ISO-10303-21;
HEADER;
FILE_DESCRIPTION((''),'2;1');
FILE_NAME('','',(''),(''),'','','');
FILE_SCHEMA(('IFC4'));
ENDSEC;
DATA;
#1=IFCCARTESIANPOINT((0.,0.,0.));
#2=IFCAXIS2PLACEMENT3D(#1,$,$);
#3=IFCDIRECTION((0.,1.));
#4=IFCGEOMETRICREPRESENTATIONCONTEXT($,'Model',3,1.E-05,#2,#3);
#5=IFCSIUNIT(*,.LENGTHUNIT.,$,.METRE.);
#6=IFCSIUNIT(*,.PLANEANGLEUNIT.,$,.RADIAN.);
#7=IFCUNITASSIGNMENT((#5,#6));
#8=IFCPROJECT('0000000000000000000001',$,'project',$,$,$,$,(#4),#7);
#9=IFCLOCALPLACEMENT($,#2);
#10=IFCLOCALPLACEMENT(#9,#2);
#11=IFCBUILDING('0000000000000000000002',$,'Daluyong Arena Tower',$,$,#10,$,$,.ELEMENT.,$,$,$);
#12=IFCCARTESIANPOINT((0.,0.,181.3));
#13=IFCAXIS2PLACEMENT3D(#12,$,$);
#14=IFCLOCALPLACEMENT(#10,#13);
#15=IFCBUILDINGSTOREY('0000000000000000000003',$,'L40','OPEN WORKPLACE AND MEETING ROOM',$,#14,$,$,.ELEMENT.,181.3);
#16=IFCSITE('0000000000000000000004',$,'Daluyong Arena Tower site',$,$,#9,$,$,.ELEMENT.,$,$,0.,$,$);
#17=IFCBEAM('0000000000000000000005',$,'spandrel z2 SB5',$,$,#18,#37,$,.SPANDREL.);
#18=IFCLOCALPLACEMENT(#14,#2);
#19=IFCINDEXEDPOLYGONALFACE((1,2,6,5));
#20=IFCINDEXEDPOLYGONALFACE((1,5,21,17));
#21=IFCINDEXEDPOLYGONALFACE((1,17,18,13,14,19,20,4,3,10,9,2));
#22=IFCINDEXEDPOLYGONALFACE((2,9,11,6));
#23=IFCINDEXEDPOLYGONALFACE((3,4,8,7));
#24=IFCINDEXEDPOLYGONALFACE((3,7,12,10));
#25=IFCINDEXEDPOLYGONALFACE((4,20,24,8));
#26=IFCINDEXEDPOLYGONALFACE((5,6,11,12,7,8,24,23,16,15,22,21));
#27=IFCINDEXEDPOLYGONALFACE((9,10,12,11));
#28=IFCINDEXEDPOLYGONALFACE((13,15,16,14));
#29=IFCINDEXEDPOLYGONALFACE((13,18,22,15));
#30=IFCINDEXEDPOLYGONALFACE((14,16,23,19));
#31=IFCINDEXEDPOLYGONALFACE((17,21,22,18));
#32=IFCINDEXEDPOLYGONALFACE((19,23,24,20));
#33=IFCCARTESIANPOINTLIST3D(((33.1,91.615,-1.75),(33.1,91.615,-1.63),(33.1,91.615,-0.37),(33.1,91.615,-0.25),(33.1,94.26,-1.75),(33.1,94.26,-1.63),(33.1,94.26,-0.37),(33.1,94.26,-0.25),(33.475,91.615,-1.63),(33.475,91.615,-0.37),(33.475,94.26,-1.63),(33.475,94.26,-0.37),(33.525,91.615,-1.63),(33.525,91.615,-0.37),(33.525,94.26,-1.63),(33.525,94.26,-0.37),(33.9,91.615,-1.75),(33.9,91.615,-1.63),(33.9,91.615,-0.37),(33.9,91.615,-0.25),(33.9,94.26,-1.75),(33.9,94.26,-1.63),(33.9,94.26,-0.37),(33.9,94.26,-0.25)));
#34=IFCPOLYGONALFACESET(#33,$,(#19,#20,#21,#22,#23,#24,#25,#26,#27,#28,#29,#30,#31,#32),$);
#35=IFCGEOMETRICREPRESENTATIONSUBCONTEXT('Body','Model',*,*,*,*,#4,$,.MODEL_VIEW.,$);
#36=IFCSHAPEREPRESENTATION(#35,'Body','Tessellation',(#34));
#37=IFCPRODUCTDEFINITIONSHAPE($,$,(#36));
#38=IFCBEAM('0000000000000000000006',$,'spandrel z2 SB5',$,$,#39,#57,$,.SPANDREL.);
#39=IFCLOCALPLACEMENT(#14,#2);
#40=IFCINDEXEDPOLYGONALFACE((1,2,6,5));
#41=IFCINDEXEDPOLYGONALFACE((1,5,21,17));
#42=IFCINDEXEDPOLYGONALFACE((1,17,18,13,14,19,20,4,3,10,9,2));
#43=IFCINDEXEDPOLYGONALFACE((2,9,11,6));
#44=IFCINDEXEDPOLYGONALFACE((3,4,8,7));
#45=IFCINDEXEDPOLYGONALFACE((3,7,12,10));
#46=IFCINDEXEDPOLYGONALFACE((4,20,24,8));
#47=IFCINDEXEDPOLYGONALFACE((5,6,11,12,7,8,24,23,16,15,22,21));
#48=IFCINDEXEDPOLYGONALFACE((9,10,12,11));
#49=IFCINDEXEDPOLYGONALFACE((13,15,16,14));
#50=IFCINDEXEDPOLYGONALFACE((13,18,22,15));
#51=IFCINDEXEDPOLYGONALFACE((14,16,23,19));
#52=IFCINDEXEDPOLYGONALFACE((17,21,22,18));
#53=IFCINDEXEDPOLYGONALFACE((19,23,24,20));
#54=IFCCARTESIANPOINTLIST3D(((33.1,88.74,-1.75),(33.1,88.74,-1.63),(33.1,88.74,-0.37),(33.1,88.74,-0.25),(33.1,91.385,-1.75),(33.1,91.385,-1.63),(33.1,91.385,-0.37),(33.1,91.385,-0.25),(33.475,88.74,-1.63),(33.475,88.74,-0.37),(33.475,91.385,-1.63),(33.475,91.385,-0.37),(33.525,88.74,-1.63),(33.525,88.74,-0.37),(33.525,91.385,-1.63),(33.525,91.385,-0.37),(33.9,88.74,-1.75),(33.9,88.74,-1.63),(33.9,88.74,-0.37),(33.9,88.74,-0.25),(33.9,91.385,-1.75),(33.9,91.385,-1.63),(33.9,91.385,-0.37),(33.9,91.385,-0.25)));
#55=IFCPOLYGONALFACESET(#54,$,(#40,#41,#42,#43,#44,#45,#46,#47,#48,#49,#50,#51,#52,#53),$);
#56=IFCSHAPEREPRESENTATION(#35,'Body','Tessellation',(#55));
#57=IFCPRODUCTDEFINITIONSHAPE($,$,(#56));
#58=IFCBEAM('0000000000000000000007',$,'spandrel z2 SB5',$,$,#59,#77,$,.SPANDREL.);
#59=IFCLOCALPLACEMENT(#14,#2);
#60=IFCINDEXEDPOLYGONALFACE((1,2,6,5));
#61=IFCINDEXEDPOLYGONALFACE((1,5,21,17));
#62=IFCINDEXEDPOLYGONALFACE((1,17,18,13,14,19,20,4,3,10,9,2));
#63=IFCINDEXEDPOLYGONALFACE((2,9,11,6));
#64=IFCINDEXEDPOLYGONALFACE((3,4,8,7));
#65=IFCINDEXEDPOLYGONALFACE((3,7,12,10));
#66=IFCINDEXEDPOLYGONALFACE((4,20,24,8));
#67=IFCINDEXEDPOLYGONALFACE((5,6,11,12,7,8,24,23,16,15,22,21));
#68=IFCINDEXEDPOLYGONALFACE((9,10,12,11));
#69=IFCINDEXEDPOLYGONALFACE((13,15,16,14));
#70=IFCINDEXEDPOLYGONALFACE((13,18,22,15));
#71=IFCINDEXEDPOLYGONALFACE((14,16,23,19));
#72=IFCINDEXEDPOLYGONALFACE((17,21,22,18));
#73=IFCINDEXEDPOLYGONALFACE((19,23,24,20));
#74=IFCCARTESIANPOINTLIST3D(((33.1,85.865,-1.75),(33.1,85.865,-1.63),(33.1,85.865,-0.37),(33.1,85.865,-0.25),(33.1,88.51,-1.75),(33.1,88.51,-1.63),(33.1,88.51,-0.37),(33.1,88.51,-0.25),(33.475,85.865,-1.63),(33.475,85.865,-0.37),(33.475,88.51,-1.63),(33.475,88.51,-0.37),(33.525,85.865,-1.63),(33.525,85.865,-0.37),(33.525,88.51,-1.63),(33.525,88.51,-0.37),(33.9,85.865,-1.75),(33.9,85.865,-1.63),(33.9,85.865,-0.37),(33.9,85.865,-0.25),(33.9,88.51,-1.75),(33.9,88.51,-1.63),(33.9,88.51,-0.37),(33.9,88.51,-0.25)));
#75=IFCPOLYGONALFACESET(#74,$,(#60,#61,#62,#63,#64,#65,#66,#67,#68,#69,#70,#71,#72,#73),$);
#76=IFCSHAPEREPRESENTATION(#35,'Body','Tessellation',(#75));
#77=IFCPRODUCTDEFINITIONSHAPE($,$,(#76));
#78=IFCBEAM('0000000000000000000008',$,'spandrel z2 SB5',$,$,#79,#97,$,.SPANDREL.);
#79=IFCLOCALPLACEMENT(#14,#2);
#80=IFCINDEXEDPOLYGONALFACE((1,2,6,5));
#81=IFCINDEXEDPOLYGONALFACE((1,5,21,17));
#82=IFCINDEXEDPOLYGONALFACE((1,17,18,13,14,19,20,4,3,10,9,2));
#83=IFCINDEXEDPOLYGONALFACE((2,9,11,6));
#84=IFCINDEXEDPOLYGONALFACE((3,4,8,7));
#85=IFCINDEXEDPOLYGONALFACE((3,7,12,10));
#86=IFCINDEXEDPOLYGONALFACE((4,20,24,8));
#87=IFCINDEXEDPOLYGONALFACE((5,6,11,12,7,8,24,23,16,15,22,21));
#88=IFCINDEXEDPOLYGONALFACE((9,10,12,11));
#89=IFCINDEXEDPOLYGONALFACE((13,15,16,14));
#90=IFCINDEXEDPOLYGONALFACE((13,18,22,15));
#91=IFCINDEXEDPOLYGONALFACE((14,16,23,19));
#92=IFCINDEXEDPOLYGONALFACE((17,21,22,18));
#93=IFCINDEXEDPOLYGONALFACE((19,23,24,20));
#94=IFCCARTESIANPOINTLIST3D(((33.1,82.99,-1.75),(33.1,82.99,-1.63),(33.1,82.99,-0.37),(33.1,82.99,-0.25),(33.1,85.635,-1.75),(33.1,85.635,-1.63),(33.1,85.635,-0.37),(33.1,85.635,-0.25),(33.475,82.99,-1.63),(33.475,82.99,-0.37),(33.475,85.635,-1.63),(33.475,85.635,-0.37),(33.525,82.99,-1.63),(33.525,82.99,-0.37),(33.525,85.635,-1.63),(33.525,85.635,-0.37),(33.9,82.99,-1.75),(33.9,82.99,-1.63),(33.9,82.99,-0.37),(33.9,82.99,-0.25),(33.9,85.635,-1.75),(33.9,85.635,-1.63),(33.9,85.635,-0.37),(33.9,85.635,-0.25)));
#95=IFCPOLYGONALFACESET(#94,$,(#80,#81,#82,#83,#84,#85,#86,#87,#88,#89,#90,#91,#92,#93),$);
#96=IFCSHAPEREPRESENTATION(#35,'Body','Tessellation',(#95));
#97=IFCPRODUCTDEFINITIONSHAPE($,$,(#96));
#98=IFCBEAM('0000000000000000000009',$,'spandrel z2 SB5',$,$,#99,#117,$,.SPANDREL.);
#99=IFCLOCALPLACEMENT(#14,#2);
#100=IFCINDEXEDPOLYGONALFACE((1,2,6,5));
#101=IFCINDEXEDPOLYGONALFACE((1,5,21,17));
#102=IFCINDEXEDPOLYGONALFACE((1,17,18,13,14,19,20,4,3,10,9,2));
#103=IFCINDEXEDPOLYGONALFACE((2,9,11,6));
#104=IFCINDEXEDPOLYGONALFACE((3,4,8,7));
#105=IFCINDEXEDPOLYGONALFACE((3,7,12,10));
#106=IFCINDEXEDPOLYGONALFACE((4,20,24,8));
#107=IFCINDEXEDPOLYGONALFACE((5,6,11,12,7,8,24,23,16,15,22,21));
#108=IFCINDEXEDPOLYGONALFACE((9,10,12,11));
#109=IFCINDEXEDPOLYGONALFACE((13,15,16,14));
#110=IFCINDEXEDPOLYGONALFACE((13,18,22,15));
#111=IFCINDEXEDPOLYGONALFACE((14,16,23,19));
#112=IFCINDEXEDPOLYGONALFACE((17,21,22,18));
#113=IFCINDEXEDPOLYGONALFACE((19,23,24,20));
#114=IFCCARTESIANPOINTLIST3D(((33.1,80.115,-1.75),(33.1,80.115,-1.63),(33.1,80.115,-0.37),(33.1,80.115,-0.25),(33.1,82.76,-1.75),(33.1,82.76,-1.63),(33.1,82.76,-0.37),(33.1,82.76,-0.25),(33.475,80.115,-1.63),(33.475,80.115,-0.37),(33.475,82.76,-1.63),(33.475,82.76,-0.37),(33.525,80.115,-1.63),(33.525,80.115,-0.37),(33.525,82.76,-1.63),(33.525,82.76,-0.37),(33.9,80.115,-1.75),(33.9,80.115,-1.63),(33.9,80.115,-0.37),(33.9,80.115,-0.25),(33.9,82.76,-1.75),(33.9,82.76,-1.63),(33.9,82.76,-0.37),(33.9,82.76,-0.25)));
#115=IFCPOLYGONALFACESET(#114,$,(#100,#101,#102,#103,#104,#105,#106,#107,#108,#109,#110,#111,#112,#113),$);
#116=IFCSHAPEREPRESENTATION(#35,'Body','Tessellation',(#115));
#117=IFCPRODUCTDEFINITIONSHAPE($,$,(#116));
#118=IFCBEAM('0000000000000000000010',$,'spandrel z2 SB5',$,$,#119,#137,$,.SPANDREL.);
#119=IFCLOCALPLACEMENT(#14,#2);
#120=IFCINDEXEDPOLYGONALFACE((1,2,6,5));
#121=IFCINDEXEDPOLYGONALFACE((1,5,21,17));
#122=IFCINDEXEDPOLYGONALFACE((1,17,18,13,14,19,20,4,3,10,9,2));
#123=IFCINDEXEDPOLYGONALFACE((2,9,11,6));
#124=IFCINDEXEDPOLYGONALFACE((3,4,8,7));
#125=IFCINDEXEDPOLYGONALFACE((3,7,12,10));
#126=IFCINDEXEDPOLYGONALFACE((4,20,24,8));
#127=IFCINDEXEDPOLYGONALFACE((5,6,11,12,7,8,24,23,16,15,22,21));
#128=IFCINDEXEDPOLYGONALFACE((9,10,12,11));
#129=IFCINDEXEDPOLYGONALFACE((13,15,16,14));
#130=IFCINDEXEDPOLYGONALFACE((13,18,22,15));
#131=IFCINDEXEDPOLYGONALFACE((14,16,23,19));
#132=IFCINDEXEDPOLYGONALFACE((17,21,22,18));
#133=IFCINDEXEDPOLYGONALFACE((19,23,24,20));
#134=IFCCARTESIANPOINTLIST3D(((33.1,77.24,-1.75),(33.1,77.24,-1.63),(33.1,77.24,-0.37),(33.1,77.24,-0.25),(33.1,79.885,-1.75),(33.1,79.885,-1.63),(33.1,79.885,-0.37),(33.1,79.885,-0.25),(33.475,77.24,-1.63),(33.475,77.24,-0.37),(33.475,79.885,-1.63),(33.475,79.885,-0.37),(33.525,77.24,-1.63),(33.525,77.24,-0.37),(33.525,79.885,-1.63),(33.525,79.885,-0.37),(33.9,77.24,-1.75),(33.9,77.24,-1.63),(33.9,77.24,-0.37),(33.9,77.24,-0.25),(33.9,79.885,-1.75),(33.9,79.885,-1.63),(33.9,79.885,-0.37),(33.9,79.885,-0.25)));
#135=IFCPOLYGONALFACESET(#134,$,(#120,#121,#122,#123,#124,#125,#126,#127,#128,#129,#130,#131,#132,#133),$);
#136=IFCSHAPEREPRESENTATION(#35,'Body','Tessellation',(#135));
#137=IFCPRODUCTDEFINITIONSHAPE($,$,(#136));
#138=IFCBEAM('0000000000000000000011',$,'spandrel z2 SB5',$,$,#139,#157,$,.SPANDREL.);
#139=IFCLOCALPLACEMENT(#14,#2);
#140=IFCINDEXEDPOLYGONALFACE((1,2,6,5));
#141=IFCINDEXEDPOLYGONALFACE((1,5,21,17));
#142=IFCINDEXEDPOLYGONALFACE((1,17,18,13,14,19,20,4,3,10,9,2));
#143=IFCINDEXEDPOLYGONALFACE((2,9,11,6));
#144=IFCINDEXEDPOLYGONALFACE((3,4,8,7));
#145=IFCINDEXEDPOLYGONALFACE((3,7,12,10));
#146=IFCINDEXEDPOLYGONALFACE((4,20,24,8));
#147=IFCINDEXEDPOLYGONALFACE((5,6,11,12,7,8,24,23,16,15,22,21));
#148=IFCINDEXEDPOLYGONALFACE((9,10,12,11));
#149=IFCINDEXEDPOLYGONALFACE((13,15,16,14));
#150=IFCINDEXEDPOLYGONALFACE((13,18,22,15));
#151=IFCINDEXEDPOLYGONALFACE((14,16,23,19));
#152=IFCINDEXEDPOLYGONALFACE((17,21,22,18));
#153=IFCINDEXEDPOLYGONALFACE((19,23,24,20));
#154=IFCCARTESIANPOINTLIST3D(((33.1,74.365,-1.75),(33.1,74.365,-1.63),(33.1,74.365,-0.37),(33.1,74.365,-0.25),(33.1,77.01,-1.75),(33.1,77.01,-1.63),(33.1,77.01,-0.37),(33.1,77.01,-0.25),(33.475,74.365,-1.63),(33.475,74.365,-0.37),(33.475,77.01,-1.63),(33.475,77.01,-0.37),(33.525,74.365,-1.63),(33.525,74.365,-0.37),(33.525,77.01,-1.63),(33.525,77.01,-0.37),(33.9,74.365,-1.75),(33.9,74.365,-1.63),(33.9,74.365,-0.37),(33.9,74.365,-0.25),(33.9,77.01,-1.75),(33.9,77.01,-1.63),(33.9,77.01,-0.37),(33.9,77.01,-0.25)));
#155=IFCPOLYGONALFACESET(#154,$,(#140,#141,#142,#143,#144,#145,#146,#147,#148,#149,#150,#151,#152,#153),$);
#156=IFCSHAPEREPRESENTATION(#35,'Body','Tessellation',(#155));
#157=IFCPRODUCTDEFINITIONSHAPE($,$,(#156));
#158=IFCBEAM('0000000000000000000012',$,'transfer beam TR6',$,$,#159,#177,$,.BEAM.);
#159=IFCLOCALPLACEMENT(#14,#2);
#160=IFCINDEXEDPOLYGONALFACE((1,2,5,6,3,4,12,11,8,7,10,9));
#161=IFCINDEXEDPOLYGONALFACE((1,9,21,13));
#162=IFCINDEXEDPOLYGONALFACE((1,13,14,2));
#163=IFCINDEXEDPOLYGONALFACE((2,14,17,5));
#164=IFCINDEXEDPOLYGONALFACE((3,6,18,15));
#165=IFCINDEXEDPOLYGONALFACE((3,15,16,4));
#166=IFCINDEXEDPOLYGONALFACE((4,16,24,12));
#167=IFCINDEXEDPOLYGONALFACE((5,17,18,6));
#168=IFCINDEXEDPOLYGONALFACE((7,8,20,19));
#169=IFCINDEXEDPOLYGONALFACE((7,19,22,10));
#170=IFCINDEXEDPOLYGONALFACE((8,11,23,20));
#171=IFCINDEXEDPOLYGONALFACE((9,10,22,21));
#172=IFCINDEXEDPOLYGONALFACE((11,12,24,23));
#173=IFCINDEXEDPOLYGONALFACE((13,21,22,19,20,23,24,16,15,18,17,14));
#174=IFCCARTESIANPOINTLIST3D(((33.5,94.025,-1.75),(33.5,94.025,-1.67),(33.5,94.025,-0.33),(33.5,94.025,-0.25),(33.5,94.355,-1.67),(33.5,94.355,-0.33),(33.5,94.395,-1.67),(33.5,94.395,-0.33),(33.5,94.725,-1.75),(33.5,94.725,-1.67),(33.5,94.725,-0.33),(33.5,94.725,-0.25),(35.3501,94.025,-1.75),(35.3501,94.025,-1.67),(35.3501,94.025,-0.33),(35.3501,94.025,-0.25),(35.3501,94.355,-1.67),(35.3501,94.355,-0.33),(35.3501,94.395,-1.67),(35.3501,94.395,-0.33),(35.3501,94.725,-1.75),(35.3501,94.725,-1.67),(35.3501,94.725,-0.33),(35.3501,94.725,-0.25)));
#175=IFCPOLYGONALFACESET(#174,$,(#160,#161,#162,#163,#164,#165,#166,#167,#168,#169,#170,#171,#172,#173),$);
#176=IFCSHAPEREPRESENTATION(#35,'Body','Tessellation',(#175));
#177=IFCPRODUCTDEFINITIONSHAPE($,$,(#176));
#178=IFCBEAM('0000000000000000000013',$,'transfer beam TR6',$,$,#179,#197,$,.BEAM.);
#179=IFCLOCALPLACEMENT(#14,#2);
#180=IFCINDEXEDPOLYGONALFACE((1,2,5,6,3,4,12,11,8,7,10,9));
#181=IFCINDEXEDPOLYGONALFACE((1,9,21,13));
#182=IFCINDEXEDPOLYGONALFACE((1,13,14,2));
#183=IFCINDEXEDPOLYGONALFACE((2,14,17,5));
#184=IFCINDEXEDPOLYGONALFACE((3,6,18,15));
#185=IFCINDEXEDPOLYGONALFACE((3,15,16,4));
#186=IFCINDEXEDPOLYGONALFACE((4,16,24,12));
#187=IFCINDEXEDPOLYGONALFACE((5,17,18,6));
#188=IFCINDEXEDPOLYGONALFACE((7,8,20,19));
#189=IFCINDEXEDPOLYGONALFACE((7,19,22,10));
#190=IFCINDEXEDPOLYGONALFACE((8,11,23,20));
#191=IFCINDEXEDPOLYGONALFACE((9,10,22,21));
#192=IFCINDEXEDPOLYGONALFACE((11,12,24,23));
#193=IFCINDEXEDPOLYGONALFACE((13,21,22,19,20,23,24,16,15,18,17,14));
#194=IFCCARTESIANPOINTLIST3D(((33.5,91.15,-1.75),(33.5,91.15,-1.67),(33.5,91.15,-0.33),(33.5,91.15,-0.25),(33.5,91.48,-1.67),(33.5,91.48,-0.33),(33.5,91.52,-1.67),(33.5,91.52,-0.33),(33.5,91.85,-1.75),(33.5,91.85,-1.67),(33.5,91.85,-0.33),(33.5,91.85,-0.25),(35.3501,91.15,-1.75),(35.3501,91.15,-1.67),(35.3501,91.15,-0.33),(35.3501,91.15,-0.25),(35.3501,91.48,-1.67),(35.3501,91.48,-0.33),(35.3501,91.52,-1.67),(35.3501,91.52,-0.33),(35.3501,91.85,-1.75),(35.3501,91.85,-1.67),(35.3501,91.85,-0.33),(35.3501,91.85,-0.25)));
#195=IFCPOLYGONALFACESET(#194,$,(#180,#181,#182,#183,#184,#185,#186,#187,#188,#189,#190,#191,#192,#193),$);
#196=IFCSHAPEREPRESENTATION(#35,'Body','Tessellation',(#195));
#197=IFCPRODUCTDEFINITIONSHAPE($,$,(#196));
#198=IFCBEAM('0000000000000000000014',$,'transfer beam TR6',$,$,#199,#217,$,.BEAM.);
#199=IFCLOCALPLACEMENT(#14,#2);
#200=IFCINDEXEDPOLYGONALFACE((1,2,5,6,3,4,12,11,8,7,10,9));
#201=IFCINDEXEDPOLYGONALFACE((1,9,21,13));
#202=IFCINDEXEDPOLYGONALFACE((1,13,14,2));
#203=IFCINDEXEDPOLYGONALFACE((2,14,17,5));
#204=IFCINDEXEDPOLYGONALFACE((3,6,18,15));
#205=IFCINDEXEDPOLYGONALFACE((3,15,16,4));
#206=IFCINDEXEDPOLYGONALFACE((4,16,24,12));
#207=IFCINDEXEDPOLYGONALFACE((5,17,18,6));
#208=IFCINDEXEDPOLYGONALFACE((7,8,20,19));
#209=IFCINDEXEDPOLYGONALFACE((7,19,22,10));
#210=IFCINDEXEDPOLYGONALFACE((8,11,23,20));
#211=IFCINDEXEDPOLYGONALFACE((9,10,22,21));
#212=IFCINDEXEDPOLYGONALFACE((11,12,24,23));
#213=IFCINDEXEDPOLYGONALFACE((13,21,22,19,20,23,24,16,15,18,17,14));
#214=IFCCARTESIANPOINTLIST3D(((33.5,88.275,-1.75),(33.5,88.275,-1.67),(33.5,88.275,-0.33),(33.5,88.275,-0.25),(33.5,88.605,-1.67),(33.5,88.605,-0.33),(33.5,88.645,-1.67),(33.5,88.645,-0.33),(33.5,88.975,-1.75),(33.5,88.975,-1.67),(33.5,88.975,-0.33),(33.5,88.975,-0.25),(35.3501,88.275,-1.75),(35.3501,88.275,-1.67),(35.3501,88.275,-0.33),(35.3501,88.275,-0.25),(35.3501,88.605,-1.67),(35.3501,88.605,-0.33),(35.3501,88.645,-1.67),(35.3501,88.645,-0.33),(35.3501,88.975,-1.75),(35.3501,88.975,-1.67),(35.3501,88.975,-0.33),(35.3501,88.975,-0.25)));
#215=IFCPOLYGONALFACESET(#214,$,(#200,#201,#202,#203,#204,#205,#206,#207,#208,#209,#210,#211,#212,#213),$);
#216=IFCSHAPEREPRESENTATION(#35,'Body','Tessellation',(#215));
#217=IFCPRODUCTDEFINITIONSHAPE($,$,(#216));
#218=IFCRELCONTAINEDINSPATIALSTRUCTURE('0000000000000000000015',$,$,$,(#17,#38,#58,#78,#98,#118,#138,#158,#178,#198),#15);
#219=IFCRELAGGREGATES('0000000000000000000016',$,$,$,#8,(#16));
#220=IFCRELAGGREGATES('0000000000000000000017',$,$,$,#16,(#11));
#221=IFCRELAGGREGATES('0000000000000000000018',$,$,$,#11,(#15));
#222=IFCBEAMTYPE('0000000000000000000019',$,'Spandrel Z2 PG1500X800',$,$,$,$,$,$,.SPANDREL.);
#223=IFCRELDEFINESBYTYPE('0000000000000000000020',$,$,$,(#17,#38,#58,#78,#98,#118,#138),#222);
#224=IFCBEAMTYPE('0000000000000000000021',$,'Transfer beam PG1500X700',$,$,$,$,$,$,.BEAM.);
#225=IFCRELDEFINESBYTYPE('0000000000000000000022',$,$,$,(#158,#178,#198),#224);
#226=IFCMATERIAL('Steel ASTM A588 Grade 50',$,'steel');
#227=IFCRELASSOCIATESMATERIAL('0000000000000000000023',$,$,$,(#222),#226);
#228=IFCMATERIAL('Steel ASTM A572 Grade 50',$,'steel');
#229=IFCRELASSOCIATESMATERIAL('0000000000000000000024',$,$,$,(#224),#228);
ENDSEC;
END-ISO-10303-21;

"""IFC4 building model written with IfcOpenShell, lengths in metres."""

from ifc_helpers import new_model, si_unit, direction, frame, origin, origin_2d, place, context, subcontext, project, spatial, i_section, extrude, material, material_profile, profile_set, type_object, element, save


model = new_model("IFC4")

# Units and contexts
model_context = context("Model", 3, precision=1e-05, world=origin(), true_north=direction((0.0, 1.0)))
body_context = subcontext(model_context, "Body", "Model", "MODEL_VIEW")
ifc_project = project(units=[si_unit("LENGTHUNIT", "METRE"), si_unit("PLANEANGLEUNIT", "RADIAN")], contexts=[model_context])

# Site, building, storey
site_placement = place(None, origin())
site = spatial("IfcSite", under=ifc_project, at=site_placement, Name="Daluyong Arena Tower site", CompositionType="ELEMENT", RefElevation=0.0)
building_placement = place(site_placement, origin())
building = spatial("IfcBuilding", under=site, at=building_placement, Name="Daluyong Arena Tower", CompositionType="ELEMENT")
storey_placement = place(building_placement, frame((0.0, 0.0, 181.3)))
storey = spatial("IfcBuildingStorey", under=building, at=storey_placement, Name="L40", Description="OPEN WORKPLACE AND MEETING ROOM", CompositionType="ELEMENT", Elevation=181.3)

# Beams
ifc_material_1 = material(Name="Steel ASTM A588 Grade 50", Category="steel")
ifc_material_profile_1 = material_profile(ifc_material_1, i_section(OverallWidth=0.8, OverallDepth=1.5, WebThickness=0.05, FlangeThickness=0.12, at=origin_2d()))
ifc_profile_set_1 = profile_set([ifc_material_profile_1], Name="Steel ASTM A588 Grade 50")
beam_type_1 = type_object("IfcBeamType", Name="Spandrel Z2 PG1500X800", PredefinedType="SPANDREL", material=ifc_profile_set_1)
for number, where, z_axis, x_axis, name in (
    (1, (33.5, 94.26, -1.0), (0.0, -1.0, 0.0), (1.0, 0.0, 0.0), "spandrel z2 SB5"),
    (2, (33.5, 91.385, -1.0), (0.0, -1.0, 0.0), (1.0, 0.0, 0.0), "spandrel z2 SB5"),
    (3, (33.5, 88.51, -1.0), (0.0, -1.0, 0.0), (1.0, 0.0, 0.0), "spandrel z2 SB5"),
    (4, (33.5, 85.635, -1.0), (0.0, -1.0, 0.0), (1.0, 0.0, 0.0), "spandrel z2 SB5"),
    (5, (33.5, 82.76, -1.0), (0.0, -1.0, 0.0), (1.0, 0.0, 0.0), "spandrel z2 SB5"),
    (6, (33.5, 79.885, -1.0), (0.0, -1.0, 0.0), (1.0, 0.0, 0.0), "spandrel z2 SB5"),
    (7, (33.5, 77.01, -1.0), (0.0, -1.0, 0.0), (1.0, 0.0, 0.0), "spandrel z2 SB5"),
):
    element("IfcBeam", number, at=place(storey_placement, frame(where, z_axis=z_axis, x_axis=x_axis)), inside=storey, type_object=beam_type_1, Name=name, PredefinedType="SPANDREL", context=body_context, shape_type="SweptSolid", body=[
        extrude(i_section(OverallWidth=0.8, OverallDepth=1.5, WebThickness=0.05, FlangeThickness=0.12, at=origin_2d()), origin(), (0.0, 0.0, 1.0), 2.645),
    ])
ifc_material_2 = material(Name="Steel ASTM A572 Grade 50", Category="steel")
ifc_material_profile_2 = material_profile(ifc_material_2, i_section(OverallWidth=0.7, OverallDepth=1.5, WebThickness=0.04, FlangeThickness=0.08, at=origin_2d()))
ifc_profile_set_2 = profile_set([ifc_material_profile_2], Name="Steel ASTM A572 Grade 50")
beam_type_2 = type_object("IfcBeamType", Name="Transfer beam PG1500X700", PredefinedType="BEAM", material=ifc_profile_set_2)
for number, where, z_axis, x_axis, name in (
    (8, (33.5, 94.375, -1.0), (1.0, 0.0, 0.0), (0.0, 1.0, 0.0), "transfer beam TR6"),
    (9, (33.5, 91.5, -1.0), (1.0, 0.0, 0.0), (0.0, 1.0, 0.0), "transfer beam TR6"),
    (10, (33.5, 88.625, -1.0), (1.0, 0.0, 0.0), (0.0, 1.0, 0.0), "transfer beam TR6"),
):
    element("IfcBeam", number, at=place(storey_placement, frame(where, z_axis=z_axis, x_axis=x_axis)), inside=storey, type_object=beam_type_2, Name=name, PredefinedType="BEAM", context=body_context, shape_type="SweptSolid", body=[
        extrude(i_section(OverallWidth=0.7, OverallDepth=1.5, WebThickness=0.04, FlangeThickness=0.08, at=origin_2d()), origin(), (0.0, 0.0, 1.0), 1.8501),
    ])

save(model, "model.ifc")
